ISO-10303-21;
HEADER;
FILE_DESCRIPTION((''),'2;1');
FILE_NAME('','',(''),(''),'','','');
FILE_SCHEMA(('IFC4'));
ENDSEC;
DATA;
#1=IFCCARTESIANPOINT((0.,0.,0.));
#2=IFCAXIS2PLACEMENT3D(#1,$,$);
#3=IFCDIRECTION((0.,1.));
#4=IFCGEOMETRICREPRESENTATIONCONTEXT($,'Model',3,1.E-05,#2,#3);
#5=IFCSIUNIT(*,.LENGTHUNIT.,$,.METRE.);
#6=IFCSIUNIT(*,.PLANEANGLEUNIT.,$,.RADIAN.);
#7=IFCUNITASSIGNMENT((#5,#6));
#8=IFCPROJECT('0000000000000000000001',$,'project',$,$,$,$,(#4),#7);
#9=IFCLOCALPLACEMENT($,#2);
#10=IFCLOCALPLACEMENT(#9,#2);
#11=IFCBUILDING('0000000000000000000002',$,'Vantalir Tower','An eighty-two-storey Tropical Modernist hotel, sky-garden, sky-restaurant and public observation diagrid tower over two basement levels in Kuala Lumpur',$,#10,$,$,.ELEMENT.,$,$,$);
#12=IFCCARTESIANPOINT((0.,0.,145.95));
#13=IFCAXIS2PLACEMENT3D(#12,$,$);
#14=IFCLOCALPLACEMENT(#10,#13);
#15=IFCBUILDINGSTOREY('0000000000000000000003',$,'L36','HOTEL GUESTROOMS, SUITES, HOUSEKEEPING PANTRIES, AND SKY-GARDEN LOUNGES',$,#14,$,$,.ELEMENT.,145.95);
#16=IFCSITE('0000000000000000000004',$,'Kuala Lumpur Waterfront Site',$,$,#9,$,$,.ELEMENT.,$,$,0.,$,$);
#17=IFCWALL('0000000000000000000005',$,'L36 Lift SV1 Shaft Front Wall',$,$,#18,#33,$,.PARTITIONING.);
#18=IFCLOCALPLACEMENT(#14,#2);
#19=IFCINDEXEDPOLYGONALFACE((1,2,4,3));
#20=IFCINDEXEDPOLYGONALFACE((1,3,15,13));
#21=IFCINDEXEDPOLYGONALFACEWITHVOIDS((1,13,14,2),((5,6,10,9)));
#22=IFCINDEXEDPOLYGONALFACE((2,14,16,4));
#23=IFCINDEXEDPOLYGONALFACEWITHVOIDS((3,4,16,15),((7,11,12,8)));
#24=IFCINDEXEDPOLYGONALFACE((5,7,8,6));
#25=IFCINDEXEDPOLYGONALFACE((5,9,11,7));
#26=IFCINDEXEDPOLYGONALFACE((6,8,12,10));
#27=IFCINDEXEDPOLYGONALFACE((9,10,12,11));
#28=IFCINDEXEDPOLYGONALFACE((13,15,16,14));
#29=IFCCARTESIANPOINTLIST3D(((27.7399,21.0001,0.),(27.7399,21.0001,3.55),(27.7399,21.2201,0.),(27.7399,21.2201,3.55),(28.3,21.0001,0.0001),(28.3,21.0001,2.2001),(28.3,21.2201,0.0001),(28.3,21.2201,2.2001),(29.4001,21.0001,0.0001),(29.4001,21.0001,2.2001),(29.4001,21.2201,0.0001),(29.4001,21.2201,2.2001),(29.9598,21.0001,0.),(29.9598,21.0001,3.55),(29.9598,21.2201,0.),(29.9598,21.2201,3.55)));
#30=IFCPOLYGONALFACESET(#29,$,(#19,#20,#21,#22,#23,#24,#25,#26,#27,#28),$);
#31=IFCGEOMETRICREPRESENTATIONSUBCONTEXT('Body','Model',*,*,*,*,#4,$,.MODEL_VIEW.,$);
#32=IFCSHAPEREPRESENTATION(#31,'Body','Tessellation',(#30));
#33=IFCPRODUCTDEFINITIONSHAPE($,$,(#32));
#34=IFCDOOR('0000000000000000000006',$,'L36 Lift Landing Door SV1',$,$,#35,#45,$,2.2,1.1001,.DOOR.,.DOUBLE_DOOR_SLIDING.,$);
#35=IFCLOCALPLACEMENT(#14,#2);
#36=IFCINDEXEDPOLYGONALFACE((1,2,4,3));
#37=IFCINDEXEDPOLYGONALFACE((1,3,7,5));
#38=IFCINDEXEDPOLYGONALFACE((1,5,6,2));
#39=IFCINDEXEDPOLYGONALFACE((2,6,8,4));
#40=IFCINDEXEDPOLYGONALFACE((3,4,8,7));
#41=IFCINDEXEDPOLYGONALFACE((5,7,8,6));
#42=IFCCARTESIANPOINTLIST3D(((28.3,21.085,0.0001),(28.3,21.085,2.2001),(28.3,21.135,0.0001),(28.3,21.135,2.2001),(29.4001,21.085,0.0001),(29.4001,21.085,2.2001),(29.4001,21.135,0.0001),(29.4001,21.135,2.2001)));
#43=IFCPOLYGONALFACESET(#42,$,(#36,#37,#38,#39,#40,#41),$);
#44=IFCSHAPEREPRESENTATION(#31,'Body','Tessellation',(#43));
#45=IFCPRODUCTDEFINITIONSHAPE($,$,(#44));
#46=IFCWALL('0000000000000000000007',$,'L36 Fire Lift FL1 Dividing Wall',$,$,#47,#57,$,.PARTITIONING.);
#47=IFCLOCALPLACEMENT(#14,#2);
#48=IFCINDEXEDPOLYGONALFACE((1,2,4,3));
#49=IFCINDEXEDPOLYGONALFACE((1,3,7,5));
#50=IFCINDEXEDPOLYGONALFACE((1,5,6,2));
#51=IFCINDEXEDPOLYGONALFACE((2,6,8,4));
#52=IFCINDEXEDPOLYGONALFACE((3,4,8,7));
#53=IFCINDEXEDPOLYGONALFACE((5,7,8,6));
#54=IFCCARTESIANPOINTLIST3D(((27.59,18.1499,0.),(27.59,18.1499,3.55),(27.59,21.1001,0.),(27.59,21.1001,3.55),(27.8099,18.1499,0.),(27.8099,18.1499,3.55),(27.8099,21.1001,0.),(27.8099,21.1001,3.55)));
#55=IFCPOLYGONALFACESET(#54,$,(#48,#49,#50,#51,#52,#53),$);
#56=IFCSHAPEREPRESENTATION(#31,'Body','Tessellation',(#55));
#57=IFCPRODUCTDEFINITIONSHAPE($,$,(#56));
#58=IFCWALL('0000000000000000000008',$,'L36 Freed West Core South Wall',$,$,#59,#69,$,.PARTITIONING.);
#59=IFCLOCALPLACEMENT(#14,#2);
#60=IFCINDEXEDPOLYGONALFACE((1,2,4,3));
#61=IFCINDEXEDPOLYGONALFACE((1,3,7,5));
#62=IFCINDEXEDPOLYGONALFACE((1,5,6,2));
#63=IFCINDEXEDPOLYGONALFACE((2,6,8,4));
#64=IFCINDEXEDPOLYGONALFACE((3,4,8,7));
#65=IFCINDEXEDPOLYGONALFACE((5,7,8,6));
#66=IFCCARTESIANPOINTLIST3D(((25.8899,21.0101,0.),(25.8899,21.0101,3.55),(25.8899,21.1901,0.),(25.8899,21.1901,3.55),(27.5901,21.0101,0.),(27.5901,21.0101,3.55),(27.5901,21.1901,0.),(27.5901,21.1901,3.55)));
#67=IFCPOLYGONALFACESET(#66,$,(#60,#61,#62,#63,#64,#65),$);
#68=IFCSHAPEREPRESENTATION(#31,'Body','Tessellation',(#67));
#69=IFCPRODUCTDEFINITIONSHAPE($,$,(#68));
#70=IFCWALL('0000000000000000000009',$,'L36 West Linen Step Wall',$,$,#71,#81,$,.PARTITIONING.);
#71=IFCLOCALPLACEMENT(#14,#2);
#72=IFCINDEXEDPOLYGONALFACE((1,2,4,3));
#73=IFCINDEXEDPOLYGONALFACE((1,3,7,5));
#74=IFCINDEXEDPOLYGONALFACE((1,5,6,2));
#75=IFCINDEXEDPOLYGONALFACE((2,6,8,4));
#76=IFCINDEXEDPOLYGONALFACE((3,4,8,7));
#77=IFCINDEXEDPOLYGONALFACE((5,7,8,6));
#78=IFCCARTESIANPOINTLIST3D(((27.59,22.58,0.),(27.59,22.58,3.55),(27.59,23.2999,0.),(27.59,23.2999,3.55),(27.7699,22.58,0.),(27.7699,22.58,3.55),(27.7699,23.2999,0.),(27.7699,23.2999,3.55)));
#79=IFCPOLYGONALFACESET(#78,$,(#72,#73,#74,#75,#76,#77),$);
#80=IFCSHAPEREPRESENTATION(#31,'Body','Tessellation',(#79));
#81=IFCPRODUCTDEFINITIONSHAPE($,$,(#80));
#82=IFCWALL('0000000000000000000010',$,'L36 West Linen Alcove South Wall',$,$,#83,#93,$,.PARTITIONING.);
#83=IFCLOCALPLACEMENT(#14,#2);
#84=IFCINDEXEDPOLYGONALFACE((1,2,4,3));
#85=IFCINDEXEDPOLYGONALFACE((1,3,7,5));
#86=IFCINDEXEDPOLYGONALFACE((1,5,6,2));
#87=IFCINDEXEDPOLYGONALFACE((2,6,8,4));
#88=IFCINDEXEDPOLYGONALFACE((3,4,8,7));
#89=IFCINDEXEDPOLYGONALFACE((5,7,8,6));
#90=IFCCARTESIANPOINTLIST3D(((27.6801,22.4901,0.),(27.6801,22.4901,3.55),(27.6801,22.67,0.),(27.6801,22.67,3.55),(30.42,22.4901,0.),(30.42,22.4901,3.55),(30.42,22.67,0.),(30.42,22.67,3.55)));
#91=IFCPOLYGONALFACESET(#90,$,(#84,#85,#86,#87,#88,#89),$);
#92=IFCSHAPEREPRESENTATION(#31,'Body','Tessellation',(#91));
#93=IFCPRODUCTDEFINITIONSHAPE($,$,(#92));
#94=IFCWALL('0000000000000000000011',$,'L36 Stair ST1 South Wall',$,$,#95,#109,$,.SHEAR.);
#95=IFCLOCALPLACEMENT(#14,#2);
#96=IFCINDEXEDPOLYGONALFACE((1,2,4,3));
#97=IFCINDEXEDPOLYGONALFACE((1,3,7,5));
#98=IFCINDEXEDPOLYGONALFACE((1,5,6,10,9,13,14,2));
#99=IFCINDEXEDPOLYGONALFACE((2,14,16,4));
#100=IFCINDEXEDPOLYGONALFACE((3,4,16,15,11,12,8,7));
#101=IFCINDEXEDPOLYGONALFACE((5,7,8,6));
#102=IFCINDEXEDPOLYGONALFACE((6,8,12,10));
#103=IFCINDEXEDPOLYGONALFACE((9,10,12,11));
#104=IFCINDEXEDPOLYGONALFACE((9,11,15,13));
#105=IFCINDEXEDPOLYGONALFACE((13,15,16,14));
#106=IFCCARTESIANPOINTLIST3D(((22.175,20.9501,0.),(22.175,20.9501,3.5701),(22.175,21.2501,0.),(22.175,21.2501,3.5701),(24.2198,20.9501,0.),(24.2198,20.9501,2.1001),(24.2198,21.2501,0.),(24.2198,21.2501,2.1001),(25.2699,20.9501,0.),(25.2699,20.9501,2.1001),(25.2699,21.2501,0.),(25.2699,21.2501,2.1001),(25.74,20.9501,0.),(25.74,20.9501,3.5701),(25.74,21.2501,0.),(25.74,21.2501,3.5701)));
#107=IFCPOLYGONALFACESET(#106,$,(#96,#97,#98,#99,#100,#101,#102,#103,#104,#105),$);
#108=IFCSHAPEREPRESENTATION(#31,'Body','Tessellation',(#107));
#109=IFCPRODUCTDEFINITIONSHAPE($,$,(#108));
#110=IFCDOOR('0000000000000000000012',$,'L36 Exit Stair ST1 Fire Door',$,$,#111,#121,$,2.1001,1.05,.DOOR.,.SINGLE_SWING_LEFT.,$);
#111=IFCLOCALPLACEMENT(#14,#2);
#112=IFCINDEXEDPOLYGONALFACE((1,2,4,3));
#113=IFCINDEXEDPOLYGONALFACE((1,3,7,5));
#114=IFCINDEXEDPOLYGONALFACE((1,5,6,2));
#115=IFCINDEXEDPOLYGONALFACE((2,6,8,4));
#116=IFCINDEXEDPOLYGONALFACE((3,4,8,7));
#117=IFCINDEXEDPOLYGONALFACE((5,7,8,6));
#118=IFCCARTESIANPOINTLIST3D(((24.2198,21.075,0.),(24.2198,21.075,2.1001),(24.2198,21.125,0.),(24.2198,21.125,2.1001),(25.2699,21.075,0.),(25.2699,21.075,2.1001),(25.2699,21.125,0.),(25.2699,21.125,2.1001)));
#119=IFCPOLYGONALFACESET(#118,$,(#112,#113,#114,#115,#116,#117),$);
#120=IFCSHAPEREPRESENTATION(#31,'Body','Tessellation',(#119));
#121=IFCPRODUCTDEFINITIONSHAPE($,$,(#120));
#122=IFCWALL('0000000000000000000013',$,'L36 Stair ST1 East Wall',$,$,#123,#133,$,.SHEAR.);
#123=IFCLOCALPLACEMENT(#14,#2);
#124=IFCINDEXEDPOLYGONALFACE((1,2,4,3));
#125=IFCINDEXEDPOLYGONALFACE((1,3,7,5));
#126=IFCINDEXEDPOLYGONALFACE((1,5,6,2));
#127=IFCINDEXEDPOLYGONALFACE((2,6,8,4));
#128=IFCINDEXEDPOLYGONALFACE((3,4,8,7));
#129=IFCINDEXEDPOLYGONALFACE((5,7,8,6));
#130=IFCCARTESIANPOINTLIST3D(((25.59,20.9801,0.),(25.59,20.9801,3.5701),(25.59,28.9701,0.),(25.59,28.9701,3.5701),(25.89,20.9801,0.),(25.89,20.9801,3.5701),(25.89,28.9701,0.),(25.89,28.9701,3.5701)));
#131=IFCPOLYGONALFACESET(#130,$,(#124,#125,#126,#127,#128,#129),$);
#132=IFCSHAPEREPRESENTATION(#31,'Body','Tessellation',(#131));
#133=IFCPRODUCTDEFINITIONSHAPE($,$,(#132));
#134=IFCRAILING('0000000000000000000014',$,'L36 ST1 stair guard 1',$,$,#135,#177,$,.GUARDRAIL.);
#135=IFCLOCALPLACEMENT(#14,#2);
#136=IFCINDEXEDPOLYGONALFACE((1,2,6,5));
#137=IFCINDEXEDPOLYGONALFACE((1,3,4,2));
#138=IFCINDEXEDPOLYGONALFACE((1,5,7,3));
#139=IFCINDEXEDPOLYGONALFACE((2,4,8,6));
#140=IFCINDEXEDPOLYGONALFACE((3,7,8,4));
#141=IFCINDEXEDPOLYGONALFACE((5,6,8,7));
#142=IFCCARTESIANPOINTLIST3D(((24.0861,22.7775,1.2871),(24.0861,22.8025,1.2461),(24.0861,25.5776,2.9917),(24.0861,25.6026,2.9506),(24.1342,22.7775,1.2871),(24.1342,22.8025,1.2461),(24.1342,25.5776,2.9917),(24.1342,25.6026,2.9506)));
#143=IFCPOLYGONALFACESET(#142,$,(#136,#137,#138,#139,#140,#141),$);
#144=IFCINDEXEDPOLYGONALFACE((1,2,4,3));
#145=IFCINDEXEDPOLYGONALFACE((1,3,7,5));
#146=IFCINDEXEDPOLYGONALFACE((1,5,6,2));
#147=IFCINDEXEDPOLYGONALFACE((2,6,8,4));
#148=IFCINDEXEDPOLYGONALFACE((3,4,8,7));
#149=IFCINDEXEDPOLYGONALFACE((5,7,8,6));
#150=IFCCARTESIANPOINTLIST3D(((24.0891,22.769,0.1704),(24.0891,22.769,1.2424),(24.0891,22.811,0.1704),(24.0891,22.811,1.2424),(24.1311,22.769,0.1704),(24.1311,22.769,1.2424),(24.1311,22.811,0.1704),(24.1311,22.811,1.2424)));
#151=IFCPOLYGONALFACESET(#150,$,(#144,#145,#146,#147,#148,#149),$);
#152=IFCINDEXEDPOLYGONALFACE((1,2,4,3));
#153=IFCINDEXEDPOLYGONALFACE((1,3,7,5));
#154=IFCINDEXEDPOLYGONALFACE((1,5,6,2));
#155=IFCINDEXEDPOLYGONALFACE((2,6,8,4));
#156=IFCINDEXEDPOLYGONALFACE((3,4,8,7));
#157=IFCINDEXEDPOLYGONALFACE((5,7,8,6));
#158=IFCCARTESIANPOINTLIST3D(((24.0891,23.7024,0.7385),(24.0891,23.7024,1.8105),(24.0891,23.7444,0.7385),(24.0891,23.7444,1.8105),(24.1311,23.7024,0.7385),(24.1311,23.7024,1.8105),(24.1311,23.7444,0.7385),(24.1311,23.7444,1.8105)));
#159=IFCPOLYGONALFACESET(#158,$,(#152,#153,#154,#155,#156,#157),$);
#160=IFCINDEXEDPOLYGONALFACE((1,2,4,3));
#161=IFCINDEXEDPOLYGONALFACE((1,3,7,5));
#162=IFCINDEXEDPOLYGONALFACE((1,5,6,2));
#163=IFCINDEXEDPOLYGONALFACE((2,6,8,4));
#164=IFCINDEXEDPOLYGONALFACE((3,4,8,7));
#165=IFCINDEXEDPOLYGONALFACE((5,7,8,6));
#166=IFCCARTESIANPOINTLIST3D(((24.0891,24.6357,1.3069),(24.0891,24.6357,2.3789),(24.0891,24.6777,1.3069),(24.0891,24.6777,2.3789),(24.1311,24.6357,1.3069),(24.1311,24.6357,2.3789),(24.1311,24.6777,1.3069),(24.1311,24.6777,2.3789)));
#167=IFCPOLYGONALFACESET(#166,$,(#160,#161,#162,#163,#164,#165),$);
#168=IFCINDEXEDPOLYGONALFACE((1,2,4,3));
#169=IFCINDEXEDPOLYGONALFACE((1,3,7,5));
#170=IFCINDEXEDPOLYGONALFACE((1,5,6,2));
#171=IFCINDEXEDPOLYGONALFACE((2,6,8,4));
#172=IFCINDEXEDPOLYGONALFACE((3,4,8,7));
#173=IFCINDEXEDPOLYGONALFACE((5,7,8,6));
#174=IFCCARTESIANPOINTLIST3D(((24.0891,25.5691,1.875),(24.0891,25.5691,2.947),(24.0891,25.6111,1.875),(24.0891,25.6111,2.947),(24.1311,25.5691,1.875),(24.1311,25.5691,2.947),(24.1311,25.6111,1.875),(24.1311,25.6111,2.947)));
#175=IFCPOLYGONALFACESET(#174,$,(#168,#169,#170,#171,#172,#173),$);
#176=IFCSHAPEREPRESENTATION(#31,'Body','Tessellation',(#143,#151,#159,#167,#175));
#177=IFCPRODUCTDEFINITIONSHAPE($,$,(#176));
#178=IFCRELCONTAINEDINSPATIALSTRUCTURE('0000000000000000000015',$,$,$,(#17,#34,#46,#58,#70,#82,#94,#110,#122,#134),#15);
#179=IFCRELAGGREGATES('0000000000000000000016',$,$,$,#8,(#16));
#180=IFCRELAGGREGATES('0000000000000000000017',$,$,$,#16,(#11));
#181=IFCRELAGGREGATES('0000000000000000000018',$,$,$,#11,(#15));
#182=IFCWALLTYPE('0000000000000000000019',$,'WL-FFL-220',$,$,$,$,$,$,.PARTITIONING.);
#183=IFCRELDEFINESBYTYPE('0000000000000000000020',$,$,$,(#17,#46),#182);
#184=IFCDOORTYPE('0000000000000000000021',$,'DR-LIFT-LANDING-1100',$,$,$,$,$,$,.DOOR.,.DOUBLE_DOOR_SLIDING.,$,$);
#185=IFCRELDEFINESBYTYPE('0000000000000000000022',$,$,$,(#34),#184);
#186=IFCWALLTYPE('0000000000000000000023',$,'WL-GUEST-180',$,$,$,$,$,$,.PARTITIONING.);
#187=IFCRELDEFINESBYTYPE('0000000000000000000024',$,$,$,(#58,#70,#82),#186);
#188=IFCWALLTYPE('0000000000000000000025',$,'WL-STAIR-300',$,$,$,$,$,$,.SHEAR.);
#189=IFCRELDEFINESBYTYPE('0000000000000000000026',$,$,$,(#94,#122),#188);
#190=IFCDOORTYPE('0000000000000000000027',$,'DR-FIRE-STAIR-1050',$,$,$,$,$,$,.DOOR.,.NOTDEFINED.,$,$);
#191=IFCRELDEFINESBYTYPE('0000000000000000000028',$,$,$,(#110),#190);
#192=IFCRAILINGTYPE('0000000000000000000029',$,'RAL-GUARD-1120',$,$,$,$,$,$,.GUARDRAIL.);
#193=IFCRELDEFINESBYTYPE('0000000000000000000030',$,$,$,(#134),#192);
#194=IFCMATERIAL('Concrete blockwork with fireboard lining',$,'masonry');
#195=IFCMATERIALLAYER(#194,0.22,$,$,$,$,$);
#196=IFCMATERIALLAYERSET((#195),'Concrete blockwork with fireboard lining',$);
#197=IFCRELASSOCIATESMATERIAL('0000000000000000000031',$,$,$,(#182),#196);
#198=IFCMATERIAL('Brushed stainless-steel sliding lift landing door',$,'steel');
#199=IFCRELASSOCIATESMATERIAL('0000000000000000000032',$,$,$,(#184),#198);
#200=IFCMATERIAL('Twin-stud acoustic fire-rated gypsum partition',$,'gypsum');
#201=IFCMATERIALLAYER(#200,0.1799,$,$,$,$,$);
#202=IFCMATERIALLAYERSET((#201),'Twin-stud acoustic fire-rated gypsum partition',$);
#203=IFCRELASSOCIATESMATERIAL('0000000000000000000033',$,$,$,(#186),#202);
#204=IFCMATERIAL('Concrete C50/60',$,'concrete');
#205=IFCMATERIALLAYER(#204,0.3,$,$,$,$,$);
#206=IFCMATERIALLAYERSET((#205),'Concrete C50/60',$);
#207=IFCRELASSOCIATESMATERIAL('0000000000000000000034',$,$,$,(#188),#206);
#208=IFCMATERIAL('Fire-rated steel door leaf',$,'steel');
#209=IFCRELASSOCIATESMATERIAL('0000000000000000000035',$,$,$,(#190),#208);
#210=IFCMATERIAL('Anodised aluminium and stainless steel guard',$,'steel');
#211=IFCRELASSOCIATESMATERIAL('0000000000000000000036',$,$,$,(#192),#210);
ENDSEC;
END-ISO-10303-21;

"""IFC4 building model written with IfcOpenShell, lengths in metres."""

from ifc_helpers import new_model, si_unit, direction, frame, frame_2d, origin, origin_2d, place, context, subcontext, project, spatial, rectangle, extrude, material, layer, layer_set, type_object, element, fill, save


model = new_model("IFC4")

# Units and contexts
model_context = context("Model", 3, precision=1e-05, world=origin(), true_north=direction((0.0, 1.0)))
body_context = subcontext(model_context, "Body", "Model", "MODEL_VIEW")
ifc_project = project(units=[si_unit("LENGTHUNIT", "METRE"), si_unit("PLANEANGLEUNIT", "RADIAN")], contexts=[model_context])

# Site, building, storey
site_placement = place(None, origin())
site = spatial("IfcSite", under=ifc_project, at=site_placement, Name="Kuala Lumpur Waterfront Site", CompositionType="ELEMENT", RefElevation=0.0)
building_placement = place(site_placement, origin())
building = spatial("IfcBuilding", under=site, at=building_placement, Name="Vantalir Tower", Description="An eighty-two-storey Tropical Modernist hotel, sky-garden, sky-restaurant and public observation diagrid tower over two basement levels in Kuala Lumpur", CompositionType="ELEMENT")
storey_placement = place(building_placement, frame((0.0, 0.0, 145.95)))
storey = spatial("IfcBuildingStorey", under=building, at=storey_placement, Name="L36", Description="HOTEL GUESTROOMS, SUITES, HOUSEKEEPING PANTRIES, AND SKY-GARDEN LOUNGES", CompositionType="ELEMENT", Elevation=145.95)

# Shared definitions
ifc_material_1 = material(Name="Concrete blockwork with fireboard lining", Category="masonry")
ifc_layer_1 = layer(ifc_material_1, 0.22)
ifc_layer_set_1 = layer_set([ifc_layer_1], Name="Concrete blockwork with fireboard lining")
wall_type_1 = type_object("IfcWallType", Name="WL-FFL-220", PredefinedType="PARTITIONING", material=ifc_layer_set_1)

# Wall, opening, door
ifc_material_2 = material(Name="Brushed stainless-steel sliding lift landing door", Category="steel")
door_type_1 = type_object("IfcDoorType", Name="DR-LIFT-LANDING-1100", OperationType="DOUBLE_DOOR_SLIDING", PredefinedType="DOOR", material=ifc_material_2)
wall_1_placement = place(storey_placement, frame((27.74, 21.1101, 0.0), z_axis=(0.0, 0.0, 1.0), x_axis=(1.0, 0.0, 0.0)))
wall_1 = element("IfcWall", 1, at=wall_1_placement, inside=storey, type_object=wall_type_1, Name="L36 Lift SV1 Shaft Front Wall", PredefinedType="PARTITIONING", context=body_context, shape_type="SweptSolid", body=[
    extrude(rectangle(XDim=2.22, YDim=0.22, at=frame_2d((1.1099, 0.0))), origin(), (0.0, 0.0, 1.0), 3.55),
])
opening_1_placement = place(wall_1_placement, frame((0.5601, 0.0, 0.0)))
opening_1 = element("IfcOpeningElement", 2, at=opening_1_placement, cuts=wall_1, PredefinedType="OPENING", context=body_context, shape_type="SweptSolid", body=[
    extrude(rectangle(XDim=1.1001, YDim=2.2, at=frame_2d((0.55, 1.1001))), frame((0.0, 0.1199, 0.0), z_axis=(0.0, -1.0, 0.0), x_axis=(1.0, 0.0, 0.0)), (0.0, 0.0, 1.0), 0.24),
])
door_1_placement = place(opening_1_placement, origin())
door_1 = element("IfcDoor", 3, at=door_1_placement, inside=storey, type_object=door_type_1, Name="L36 Lift Landing Door SV1", OperationType="DOUBLE_DOOR_SLIDING", OverallHeight=2.2, OverallWidth=1.1001, PredefinedType="DOOR", context=body_context, shape_type="SweptSolid", body=[
    extrude(rectangle(XDim=1.1001, YDim=2.2, at=frame_2d((0.55, 1.1001))), frame((0.0, 0.0249, 0.0), z_axis=(0.0, -1.0, 0.0), x_axis=(1.0, 0.0, 0.0)), (0.0, 0.0, 1.0), 0.05),
])
fill(opening_1, door_1)

# Walls
wall_2_placement = place(storey_placement, frame((27.7, 18.1499, 0.0), z_axis=(0.0, 0.0, 1.0), x_axis=(0.0, 1.0, 0.0)))
element("IfcWall", 4, at=wall_2_placement, inside=storey, type_object=wall_type_1, Name="L36 Fire Lift FL1 Dividing Wall", PredefinedType="PARTITIONING", context=body_context, shape_type="SweptSolid", body=[
    extrude(rectangle(XDim=2.9502, YDim=0.22, at=frame_2d((1.4751, 0.0))), origin(), (0.0, 0.0, 1.0), 3.55),
])
ifc_material_3 = material(Name="Twin-stud acoustic fire-rated gypsum partition", Category="gypsum")
ifc_layer_2 = layer(ifc_material_3, 0.1799)
ifc_layer_set_2 = layer_set([ifc_layer_2], Name="Twin-stud acoustic fire-rated gypsum partition")
wall_type_2 = type_object("IfcWallType", Name="WL-GUEST-180", PredefinedType="PARTITIONING", material=ifc_layer_set_2)
wall_3_placement = place(storey_placement, frame((25.8899, 21.1001, 0.0), z_axis=(0.0, 0.0, 1.0), x_axis=(1.0, 0.0, 0.0)))
element("IfcWall", 5, at=wall_3_placement, inside=storey, type_object=wall_type_2, Name="L36 Freed West Core South Wall", PredefinedType="PARTITIONING", context=body_context, shape_type="SweptSolid", body=[
    extrude(rectangle(XDim=1.7002, YDim=0.1799, at=frame_2d((0.8501, 0.0))), origin(), (0.0, 0.0, 1.0), 3.55),
])
wall_4_placement = place(storey_placement, frame((27.6799, 22.5801, 0.0), z_axis=(0.0, 0.0, 1.0), x_axis=(0.0, 1.0, 0.0)))
element("IfcWall", 6, at=wall_4_placement, inside=storey, type_object=wall_type_2, Name="L36 West Linen Step Wall", PredefinedType="PARTITIONING", context=body_context, shape_type="SweptSolid", body=[
    extrude(rectangle(XDim=0.72, YDim=0.1799, at=frame_2d((0.3599, 0.0))), origin(), (0.0, 0.0, 1.0), 3.55),
])
wall_5_placement = place(storey_placement, frame((27.6799, 22.5801, 0.0), z_axis=(0.0, 0.0, 1.0), x_axis=(1.0, 0.0, 0.0)))
element("IfcWall", 7, at=wall_5_placement, inside=storey, type_object=wall_type_2, Name="L36 West Linen Alcove South Wall", PredefinedType="PARTITIONING", context=body_context, shape_type="SweptSolid", body=[
    extrude(rectangle(XDim=2.74, YDim=0.1799, at=frame_2d((1.3701, 0.0))), origin(), (0.0, 0.0, 1.0), 3.55),
])

# Wall, opening, door
ifc_material_4 = material(Name="Concrete C50/60", Category="concrete")
ifc_layer_3 = layer(ifc_material_4, 0.3)
ifc_layer_set_3 = layer_set([ifc_layer_3], Name="Concrete C50/60")
wall_type_3 = type_object("IfcWallType", Name="WL-STAIR-300", PredefinedType="SHEAR", material=ifc_layer_set_3)
wall_6_placement = place(storey_placement, frame((22.175, 21.1001, 0.0), z_axis=(0.0, 0.0, 1.0), x_axis=(1.0, 0.0, 0.0)))
wall_6 = element("IfcWall", 8, at=wall_6_placement, inside=storey, type_object=wall_type_3, Name="L36 Stair ST1 South Wall", PredefinedType="SHEAR", context=body_context, shape_type="SweptSolid", body=[
    extrude(rectangle(XDim=3.5649, YDim=0.3, at=frame_2d((1.7825, 0.0))), origin(), (0.0, 0.0, 1.0), 3.5701),
])
opening_2_placement = place(wall_6_placement, frame((2.0449, 0.0, 0.0)))
opening_2 = element("IfcOpeningElement", 9, at=opening_2_placement, cuts=wall_6, PredefinedType="OPENING", context=body_context, shape_type="SweptSolid", body=[
    extrude(rectangle(XDim=1.05, YDim=2.1001, at=frame_2d((0.5249, 1.05))), frame((0.0, 0.1599, 0.0), z_axis=(0.0, -1.0, 0.0), x_axis=(1.0, 0.0, 0.0)), (0.0, 0.0, 1.0), 0.3201),
])
ifc_material_5 = material(Name="Fire-rated steel door leaf", Category="steel")
door_type_2 = type_object("IfcDoorType", Name="DR-FIRE-STAIR-1050", OperationType="NOTDEFINED", PredefinedType="DOOR", material=ifc_material_5)
door_2_placement = place(opening_2_placement, origin())
door_2 = element("IfcDoor", 10, at=door_2_placement, inside=storey, type_object=door_type_2, Name="L36 Exit Stair ST1 Fire Door", OperationType="SINGLE_SWING_LEFT", OverallHeight=2.1001, OverallWidth=1.05, PredefinedType="DOOR", context=body_context, shape_type="SweptSolid", body=[
    extrude(rectangle(XDim=1.05, YDim=2.1001, at=frame_2d((0.5249, 1.05))), frame((0.0, 0.0249, 0.0), z_axis=(0.0, -1.0, 0.0), x_axis=(1.0, 0.0, 0.0)), (0.0, 0.0, 1.0), 0.05),
])
fill(opening_2, door_2)

# Wall
wall_7_placement = place(storey_placement, frame((25.74, 20.98, 0.0), z_axis=(0.0, 0.0, 1.0), x_axis=(0.0, 1.0, 0.0)))
element("IfcWall", 11, at=wall_7_placement, inside=storey, type_object=wall_type_3, Name="L36 Stair ST1 East Wall", PredefinedType="SHEAR", context=body_context, shape_type="SweptSolid", body=[
    extrude(rectangle(XDim=7.99, YDim=0.3, at=frame_2d((3.9951, 0.0))), origin(), (0.0, 0.0, 1.0), 3.5701),
])

# Railing
ifc_material_6 = material(Name="Anodised aluminium and stainless steel guard", Category="steel")
railing_type = type_object("IfcRailingType", Name="RAL-GUARD-1120", PredefinedType="GUARDRAIL", material=ifc_material_6)
railing_1_placement = place(storey_placement, frame((24.1101, 22.79, 0.1704)))
element("IfcRailing", 12, at=railing_1_placement, inside=storey, type_object=railing_type, Name="L36 ST1 stair guard 1", PredefinedType="GUARDRAIL", context=body_context, shape_type="SweptSolid", body=[
    extrude(rectangle(XDim=0.0481, YDim=0.0481, at=origin_2d()), frame((0.0, 0.0, 1.0962), z_axis=(0.0, 0.85417, 0.519994), x_axis=(-1.0, 0.0, 0.0)), (0.0, 0.0, 1.0), 3.2781),
    extrude(rectangle(XDim=0.042, YDim=0.042, at=origin_2d()), origin(), (0.0, 0.0, 1.0), 1.072),
    extrude(rectangle(XDim=0.042, YDim=0.042, at=origin_2d()), frame((0.0, 0.9333, 0.5681)), (0.0, 0.0, 1.0), 1.072),
    extrude(rectangle(XDim=0.042, YDim=0.042, at=origin_2d()), frame((0.0, 1.8667, 1.1365)), (0.0, 0.0, 1.0), 1.072),
    extrude(rectangle(XDim=0.042, YDim=0.042, at=origin_2d()), frame((0.0, 2.8, 1.7046)), (0.0, 0.0, 1.0), 1.072),
])

save(model, "model.ifc")
